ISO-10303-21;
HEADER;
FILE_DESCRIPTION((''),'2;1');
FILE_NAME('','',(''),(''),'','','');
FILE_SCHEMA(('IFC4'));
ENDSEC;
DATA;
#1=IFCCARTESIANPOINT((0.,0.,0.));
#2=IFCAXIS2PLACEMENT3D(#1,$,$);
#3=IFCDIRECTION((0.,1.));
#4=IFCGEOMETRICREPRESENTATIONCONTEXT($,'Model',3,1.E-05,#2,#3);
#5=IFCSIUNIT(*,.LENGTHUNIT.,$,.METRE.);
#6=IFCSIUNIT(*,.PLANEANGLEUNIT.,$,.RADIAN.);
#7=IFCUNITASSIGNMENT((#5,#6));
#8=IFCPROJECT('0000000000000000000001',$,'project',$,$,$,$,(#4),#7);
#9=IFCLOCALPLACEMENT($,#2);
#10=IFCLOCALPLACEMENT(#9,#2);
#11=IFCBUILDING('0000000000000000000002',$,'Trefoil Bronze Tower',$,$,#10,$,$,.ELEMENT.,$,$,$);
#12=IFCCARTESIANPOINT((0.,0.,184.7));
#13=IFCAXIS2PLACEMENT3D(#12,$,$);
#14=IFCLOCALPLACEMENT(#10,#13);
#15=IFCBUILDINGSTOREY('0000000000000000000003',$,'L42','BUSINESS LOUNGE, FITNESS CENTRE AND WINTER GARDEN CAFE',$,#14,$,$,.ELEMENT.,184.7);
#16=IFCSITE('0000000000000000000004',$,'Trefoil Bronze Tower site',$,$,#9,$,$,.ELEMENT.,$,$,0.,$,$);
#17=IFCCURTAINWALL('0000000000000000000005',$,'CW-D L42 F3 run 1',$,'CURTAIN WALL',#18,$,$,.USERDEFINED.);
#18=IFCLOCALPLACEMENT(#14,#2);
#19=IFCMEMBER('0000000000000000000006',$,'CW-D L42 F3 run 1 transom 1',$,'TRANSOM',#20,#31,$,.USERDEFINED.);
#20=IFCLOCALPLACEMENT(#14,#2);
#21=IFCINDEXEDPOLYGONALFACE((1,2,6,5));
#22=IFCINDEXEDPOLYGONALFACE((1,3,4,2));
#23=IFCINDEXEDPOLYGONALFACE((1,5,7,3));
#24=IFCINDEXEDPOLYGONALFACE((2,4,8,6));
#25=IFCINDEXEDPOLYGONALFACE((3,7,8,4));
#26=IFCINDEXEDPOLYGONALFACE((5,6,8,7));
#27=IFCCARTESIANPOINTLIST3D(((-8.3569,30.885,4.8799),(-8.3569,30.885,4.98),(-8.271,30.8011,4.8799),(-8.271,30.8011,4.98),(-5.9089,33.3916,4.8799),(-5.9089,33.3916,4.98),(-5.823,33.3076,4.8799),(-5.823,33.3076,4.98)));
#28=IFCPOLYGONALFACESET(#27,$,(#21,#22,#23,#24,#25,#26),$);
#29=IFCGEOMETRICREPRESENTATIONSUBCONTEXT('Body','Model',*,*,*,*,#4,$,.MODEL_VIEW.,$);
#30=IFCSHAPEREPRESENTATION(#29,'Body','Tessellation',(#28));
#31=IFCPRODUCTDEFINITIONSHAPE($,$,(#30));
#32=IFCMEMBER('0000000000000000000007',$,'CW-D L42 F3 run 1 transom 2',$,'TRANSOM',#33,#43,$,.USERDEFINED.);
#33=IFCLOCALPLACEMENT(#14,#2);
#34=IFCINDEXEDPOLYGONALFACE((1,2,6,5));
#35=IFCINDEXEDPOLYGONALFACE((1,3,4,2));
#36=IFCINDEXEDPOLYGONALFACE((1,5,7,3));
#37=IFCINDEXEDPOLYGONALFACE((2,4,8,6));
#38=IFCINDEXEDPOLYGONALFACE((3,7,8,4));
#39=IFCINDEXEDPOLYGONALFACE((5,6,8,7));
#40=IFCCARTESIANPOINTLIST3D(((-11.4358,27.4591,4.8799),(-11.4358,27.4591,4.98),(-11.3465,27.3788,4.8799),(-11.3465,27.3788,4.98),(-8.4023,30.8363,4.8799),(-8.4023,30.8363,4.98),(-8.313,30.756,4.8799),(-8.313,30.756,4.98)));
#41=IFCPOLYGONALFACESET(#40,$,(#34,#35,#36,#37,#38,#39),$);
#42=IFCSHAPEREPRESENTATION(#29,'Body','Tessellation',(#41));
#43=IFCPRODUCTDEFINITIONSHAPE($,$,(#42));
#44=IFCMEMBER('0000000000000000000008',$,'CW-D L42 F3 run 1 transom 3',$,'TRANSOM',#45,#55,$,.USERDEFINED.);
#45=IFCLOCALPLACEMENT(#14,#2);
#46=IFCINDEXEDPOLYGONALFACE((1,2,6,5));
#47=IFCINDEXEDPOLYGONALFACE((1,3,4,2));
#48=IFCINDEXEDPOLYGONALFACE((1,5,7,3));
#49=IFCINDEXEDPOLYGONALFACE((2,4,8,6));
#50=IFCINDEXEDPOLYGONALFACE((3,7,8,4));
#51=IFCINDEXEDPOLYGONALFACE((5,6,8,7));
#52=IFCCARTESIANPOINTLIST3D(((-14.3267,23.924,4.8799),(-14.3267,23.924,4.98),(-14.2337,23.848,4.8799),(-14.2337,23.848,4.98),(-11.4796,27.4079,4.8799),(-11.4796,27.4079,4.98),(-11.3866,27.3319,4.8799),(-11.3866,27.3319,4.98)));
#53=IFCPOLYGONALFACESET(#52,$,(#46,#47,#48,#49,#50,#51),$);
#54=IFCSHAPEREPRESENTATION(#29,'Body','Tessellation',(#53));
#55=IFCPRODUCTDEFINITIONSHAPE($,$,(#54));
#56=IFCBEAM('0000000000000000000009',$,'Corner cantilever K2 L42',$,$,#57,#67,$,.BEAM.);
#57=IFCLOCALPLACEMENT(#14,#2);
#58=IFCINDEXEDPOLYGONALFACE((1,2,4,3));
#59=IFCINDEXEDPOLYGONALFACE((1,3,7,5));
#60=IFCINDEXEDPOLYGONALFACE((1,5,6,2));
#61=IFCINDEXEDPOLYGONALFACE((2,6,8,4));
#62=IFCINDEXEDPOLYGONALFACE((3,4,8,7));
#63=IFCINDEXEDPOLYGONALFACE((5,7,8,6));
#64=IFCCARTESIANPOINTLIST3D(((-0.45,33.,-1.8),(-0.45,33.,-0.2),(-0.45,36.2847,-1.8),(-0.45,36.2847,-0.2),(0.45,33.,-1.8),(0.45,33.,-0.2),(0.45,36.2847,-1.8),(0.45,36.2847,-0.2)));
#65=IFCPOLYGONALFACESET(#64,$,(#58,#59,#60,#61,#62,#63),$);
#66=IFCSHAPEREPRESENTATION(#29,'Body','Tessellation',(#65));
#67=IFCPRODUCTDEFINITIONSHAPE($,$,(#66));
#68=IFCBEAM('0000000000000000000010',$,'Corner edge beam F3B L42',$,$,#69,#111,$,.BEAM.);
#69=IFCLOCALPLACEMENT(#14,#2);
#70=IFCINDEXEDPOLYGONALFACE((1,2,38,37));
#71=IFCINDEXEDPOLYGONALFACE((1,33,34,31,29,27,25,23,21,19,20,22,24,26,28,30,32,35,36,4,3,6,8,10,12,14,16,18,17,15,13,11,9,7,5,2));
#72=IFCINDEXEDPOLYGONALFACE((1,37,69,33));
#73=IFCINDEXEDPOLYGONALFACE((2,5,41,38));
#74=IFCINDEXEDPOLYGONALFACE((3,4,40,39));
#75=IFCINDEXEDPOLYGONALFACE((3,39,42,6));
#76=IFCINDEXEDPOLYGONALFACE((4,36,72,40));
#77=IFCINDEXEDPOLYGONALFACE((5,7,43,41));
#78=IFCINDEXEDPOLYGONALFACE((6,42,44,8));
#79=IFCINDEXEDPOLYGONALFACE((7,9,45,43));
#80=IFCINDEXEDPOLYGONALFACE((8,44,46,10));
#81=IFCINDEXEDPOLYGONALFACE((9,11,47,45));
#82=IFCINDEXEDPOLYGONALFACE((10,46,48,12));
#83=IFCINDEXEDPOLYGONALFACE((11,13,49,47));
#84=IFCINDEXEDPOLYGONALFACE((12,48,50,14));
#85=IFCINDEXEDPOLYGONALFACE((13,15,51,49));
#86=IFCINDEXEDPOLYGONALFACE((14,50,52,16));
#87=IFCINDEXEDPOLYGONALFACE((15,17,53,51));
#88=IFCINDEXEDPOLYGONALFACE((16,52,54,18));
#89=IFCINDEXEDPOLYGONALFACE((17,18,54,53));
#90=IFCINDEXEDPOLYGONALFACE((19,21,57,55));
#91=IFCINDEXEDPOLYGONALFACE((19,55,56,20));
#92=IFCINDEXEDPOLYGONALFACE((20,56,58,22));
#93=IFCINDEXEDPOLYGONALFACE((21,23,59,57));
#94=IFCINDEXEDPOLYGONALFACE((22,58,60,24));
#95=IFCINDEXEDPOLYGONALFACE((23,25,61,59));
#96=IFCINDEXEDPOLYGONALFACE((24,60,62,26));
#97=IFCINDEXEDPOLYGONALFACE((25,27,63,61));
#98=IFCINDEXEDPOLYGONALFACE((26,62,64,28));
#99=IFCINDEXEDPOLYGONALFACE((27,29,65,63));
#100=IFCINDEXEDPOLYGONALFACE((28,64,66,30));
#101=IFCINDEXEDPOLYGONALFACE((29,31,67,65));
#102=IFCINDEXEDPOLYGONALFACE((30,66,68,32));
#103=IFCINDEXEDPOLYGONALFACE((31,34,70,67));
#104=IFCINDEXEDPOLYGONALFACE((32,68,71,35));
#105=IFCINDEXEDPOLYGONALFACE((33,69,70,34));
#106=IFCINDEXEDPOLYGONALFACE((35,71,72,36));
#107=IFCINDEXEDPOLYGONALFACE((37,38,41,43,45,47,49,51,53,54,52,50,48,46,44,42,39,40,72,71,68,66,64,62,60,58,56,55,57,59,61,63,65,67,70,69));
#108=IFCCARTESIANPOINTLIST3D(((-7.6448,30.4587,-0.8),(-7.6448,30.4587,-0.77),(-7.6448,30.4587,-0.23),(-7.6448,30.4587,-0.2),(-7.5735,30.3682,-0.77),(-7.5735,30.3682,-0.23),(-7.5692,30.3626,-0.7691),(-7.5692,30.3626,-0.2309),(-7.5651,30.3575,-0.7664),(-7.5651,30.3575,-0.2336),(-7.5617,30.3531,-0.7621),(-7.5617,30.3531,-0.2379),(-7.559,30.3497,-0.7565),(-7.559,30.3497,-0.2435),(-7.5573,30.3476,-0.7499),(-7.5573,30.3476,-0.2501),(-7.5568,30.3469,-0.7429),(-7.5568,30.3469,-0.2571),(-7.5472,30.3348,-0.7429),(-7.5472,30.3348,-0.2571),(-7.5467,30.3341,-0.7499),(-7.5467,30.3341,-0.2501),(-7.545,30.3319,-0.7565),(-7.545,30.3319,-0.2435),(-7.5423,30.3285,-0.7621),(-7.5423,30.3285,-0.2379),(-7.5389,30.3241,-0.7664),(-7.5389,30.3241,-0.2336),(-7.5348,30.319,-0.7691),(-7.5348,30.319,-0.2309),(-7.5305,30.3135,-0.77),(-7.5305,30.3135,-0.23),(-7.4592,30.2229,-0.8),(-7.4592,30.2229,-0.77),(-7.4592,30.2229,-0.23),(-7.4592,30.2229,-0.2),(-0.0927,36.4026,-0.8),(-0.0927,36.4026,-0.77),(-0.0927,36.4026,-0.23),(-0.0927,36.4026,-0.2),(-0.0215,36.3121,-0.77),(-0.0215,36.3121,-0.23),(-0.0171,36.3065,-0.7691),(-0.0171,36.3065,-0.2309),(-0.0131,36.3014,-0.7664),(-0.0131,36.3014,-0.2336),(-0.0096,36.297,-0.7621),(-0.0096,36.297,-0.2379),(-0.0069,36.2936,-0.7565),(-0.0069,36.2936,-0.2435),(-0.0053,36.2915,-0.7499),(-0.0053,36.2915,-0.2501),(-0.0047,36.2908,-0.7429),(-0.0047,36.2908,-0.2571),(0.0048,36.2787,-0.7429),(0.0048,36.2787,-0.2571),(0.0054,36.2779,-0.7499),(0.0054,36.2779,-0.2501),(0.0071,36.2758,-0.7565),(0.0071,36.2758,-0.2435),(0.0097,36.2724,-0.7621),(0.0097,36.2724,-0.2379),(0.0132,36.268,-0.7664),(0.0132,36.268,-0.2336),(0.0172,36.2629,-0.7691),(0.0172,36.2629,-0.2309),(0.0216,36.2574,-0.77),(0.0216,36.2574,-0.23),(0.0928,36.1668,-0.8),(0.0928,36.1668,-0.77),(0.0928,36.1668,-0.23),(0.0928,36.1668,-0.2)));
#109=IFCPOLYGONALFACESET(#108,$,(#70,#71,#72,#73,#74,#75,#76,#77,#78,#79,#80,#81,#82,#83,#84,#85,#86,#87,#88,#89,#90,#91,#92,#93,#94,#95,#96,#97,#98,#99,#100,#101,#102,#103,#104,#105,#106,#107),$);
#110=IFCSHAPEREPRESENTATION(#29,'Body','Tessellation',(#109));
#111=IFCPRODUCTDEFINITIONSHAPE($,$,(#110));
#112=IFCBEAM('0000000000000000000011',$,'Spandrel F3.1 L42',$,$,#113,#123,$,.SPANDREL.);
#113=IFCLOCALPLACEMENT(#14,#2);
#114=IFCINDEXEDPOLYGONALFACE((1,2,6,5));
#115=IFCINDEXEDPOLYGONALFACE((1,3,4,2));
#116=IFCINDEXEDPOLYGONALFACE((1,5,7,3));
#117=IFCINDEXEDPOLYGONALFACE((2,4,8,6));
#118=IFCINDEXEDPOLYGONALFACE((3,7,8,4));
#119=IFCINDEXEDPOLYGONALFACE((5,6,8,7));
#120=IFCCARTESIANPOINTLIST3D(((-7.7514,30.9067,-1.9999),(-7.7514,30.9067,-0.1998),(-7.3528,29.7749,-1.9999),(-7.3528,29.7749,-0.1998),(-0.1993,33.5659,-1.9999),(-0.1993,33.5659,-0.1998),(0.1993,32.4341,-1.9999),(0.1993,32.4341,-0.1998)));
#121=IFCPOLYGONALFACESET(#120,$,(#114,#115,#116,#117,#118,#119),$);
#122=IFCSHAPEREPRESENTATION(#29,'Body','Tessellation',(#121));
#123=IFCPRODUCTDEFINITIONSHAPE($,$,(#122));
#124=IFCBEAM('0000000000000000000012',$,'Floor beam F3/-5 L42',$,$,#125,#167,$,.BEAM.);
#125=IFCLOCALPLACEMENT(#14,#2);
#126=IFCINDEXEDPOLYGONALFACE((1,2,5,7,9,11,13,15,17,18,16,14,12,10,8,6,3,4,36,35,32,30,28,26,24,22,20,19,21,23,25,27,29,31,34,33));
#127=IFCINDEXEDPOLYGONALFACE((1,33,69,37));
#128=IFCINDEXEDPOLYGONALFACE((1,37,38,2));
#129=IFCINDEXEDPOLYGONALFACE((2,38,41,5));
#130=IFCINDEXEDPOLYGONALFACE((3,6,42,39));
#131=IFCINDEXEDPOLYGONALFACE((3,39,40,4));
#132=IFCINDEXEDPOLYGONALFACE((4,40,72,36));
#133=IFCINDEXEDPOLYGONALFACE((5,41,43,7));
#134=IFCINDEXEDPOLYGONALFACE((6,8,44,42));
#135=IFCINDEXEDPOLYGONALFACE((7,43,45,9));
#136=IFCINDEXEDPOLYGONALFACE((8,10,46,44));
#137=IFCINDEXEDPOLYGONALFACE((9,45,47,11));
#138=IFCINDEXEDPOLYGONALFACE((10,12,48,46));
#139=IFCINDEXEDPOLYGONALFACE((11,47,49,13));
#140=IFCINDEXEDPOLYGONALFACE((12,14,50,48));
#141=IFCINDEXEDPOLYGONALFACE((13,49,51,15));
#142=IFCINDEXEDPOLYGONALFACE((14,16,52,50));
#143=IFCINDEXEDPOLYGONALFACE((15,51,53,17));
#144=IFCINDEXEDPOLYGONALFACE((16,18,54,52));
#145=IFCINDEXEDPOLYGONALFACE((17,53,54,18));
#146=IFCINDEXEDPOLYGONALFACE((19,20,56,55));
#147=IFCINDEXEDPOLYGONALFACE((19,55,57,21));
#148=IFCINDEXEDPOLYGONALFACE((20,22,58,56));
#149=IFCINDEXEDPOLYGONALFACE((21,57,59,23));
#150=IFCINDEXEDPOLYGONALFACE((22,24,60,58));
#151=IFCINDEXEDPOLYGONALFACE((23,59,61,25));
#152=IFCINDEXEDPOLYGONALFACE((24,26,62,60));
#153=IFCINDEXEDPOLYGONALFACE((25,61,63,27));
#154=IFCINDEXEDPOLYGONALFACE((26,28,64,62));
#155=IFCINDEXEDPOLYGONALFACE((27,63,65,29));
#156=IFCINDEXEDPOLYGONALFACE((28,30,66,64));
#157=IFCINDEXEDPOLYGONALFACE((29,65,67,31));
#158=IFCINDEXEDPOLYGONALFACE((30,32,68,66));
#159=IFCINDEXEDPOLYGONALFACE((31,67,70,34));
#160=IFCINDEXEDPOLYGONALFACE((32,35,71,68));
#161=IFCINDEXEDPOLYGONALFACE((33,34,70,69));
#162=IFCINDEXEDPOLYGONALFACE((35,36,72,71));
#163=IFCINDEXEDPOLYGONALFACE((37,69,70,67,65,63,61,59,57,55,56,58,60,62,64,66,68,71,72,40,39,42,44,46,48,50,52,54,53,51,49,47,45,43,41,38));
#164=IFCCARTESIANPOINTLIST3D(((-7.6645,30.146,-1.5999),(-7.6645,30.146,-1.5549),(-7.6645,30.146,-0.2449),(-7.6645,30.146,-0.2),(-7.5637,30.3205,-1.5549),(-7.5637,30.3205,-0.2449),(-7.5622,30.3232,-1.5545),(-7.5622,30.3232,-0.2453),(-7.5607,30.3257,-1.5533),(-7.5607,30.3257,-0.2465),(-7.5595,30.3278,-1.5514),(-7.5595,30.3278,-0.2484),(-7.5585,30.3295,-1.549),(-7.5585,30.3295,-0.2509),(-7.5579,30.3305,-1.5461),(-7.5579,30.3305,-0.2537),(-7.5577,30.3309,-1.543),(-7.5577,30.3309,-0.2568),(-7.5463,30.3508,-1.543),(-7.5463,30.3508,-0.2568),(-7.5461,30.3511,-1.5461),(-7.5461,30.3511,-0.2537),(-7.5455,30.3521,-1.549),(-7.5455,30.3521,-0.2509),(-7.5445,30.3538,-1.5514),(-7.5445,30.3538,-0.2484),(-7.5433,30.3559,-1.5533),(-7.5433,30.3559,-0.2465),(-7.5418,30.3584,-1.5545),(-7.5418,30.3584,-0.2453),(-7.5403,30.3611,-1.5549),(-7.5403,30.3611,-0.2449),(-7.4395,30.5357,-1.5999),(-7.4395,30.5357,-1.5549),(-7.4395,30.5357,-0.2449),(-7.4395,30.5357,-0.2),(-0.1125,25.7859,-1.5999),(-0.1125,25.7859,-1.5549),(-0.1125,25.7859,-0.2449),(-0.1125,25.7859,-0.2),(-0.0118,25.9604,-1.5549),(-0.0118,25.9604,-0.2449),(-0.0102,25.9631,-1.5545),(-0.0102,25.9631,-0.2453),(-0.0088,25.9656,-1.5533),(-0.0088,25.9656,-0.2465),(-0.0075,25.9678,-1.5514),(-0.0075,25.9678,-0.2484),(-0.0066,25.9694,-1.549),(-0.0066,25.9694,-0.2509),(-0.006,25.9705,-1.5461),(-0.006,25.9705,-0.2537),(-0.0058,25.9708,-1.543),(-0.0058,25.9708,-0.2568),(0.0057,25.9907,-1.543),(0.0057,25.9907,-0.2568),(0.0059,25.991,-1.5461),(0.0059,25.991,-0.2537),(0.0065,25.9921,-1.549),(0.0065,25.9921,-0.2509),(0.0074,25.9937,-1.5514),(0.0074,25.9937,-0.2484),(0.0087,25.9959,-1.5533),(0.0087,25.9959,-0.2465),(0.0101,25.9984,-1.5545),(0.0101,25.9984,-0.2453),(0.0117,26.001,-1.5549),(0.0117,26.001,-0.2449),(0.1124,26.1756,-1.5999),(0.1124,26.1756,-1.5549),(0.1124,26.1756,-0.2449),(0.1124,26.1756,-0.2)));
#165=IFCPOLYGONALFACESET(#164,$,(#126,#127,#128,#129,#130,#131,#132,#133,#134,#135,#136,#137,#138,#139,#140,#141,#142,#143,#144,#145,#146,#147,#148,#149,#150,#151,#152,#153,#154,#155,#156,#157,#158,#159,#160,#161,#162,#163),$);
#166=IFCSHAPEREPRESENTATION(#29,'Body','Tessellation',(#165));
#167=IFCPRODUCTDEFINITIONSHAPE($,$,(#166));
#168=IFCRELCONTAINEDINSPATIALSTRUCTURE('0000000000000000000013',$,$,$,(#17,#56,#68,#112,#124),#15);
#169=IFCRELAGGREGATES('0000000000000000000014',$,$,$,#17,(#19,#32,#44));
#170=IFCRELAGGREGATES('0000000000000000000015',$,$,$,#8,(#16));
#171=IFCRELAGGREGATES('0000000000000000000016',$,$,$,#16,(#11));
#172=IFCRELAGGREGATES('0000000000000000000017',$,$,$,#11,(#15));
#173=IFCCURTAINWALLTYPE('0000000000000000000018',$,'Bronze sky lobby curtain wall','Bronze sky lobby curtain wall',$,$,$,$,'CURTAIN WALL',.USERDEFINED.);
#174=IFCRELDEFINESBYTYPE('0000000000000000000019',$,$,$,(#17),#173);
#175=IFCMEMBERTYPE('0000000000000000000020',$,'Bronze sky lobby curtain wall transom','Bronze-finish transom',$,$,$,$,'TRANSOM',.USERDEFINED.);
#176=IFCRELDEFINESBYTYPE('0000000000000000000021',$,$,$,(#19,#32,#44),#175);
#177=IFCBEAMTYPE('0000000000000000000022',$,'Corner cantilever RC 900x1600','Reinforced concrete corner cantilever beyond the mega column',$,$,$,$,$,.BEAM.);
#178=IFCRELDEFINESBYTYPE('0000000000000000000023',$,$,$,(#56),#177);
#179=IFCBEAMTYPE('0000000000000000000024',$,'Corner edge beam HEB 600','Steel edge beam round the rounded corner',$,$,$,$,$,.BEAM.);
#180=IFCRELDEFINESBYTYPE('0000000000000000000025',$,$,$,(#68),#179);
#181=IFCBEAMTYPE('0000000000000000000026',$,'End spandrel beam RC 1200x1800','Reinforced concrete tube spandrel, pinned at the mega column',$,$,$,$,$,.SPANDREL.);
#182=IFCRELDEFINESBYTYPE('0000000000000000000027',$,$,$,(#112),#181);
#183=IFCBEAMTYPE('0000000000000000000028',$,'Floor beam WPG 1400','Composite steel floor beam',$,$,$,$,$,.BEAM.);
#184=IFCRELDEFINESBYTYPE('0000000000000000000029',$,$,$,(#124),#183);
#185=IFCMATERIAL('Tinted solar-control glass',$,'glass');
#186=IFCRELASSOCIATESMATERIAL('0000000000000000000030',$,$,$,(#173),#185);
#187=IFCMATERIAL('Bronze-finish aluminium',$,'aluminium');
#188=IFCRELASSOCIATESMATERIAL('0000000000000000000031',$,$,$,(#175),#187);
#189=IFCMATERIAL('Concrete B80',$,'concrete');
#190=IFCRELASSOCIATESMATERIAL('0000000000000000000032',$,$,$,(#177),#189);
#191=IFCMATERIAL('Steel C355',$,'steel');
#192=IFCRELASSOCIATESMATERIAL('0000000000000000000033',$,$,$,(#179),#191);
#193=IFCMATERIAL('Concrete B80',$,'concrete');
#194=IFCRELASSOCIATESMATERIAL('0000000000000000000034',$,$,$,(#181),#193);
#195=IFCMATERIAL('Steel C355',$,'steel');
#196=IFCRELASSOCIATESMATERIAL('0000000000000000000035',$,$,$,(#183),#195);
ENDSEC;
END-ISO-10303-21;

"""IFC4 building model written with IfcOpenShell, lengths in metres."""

from ifc_helpers import new_model, si_unit, direction, frame, origin, origin_2d, place, context, subcontext, project, spatial, rectangle, i_section, extrude, material, material_profile, profile_set, type_object, element, aggregate, save


model = new_model("IFC4")

# Units and contexts
model_context = context("Model", 3, precision=1e-05, world=origin(), true_north=direction((0.0, 1.0)))
body_context = subcontext(model_context, "Body", "Model", "MODEL_VIEW")
ifc_project = project(units=[si_unit("LENGTHUNIT", "METRE"), si_unit("PLANEANGLEUNIT", "RADIAN")], contexts=[model_context])

# Site, building, storey
site_placement = place(None, origin())
site = spatial("IfcSite", under=ifc_project, at=site_placement, Name="Trefoil Bronze Tower site", CompositionType="ELEMENT", RefElevation=0.0)
building_placement = place(site_placement, origin())
building = spatial("IfcBuilding", under=site, at=building_placement, Name="Trefoil Bronze Tower", CompositionType="ELEMENT")
storey_placement = place(building_placement, frame((0.0, 0.0, 184.7)))
storey = spatial("IfcBuildingStorey", under=building, at=storey_placement, Name="L42", Description="BUSINESS LOUNGE, FITNESS CENTRE AND WINTER GARDEN CAFE", CompositionType="ELEMENT", Elevation=184.7)

# Curtain wall, members
ifc_material_1 = material(Name="Tinted solar-control glass", Category="glass")
curtain_wall_type_1 = type_object("IfcCurtainWallType", Name="Bronze sky lobby curtain wall", Description="Bronze sky lobby curtain wall", ElementType="CURTAIN WALL", PredefinedType="USERDEFINED", material=ifc_material_1)
curtain_wall_1_placement = place(storey_placement, origin())
curtain_wall_1 = element("IfcCurtainWall", 1, at=curtain_wall_1_placement, inside=storey, type_object=curtain_wall_type_1, Name="CW-D L42 F3 run 1", ObjectType="CURTAIN WALL", PredefinedType="USERDEFINED")
ifc_material_2 = material(Name="Bronze-finish aluminium", Category="aluminium")
ifc_material_profile_1 = material_profile(ifc_material_2, rectangle(XDim=0.1201, YDim=0.1001, at=origin_2d()), Name="CW-D transom")
ifc_profile_set_1 = profile_set([ifc_material_profile_1], Name="Bronze-finish aluminium")
member_type_1 = type_object("IfcMemberType", Name="Bronze sky lobby curtain wall transom", Description="Bronze-finish transom", ElementType="TRANSOM", PredefinedType="USERDEFINED", material=ifc_profile_set_1)
member_1_placement = place(storey_placement, frame((-5.866, 33.3496, 4.9299), z_axis=(-0.698696, -0.715419, 0.0), x_axis=(0.715419, -0.698696, 0.0)))
member_1 = element("IfcMember", 2, at=member_1_placement, type_object=member_type_1, Name="CW-D L42 F3 run 1 transom 1", ObjectType="TRANSOM", PredefinedType="USERDEFINED", context=body_context, shape_type="SweptSolid", body=[
    extrude(rectangle(XDim=0.1201, YDim=0.1001, at=origin_2d()), origin(), (0.0, 0.0, 1.0), 3.5037),
])
member_2_placement = place(storey_placement, frame((-8.3577, 30.7961, 4.9299), z_axis=(-0.66823, -0.743954, 0.0), x_axis=(0.743954, -0.66823, 0.0)))
member_2 = element("IfcMember", 3, at=member_2_placement, type_object=member_type_1, Name="CW-D L42 F3 run 1 transom 2", ObjectType="TRANSOM", PredefinedType="USERDEFINED", context=body_context, shape_type="SweptSolid", body=[
    extrude(rectangle(XDim=0.1201, YDim=0.1001, at=origin_2d()), origin(), (0.0, 0.0, 1.0), 4.5396),
])
member_3_placement = place(storey_placement, frame((-11.4331, 27.3699, 4.9299), z_axis=(-0.6328, -0.774315, 0.0), x_axis=(0.774315, -0.6328, 0.0)))
member_3 = element("IfcMember", 4, at=member_3_placement, type_object=member_type_1, Name="CW-D L42 F3 run 1 transom 3", ObjectType="TRANSOM", PredefinedType="USERDEFINED", context=body_context, shape_type="SweptSolid", body=[
    extrude(rectangle(XDim=0.1201, YDim=0.1001, at=origin_2d()), origin(), (0.0, 0.0, 1.0), 4.4993),
])

# Beams
ifc_material_3 = material(Name="Concrete B80", Category="concrete")
ifc_material_profile_2 = material_profile(ifc_material_3, rectangle(XDim=0.8999, YDim=1.6001, at=origin_2d()), Name="RC 900x1600")
ifc_profile_set_2 = profile_set([ifc_material_profile_2], Name="Concrete B80")
beam_type_1 = type_object("IfcBeamType", Name="Corner cantilever RC 900x1600", Description="Reinforced concrete corner cantilever beyond the mega column", PredefinedType="BEAM", material=ifc_profile_set_2)
beam_1_placement = place(storey_placement, frame((0.0, 33.0, -1.0), z_axis=(0.0, 1.0, 0.0), x_axis=(-1.0, 0.0, 0.0)))
element("IfcBeam", 5, at=beam_1_placement, inside=storey, type_object=beam_type_1, Name="Corner cantilever K2 L42", PredefinedType="BEAM", context=body_context, shape_type="SweptSolid", body=[
    extrude(rectangle(XDim=0.8999, YDim=1.6001, at=origin_2d()), origin(), (0.0, 0.0, 1.0), 3.2847),
])
ifc_material_4 = material(Name="Steel C355", Category="steel")
ifc_material_profile_3 = material_profile(ifc_material_4, i_section(OverallWidth=0.3, OverallDepth=0.6001, WebThickness=0.0154, FlangeThickness=0.03, FilletRadius=0.0271, at=origin_2d()), Name="HEB 600")
ifc_profile_set_3 = profile_set([ifc_material_profile_3], Name="Steel C355")
beam_type_2 = type_object("IfcBeamType", Name="Corner edge beam HEB 600", Description="Steel edge beam round the rounded corner", PredefinedType="BEAM", material=ifc_profile_set_3)
beam_2_placement = place(storey_placement, frame((-7.552, 30.3408, -0.5), z_axis=(0.785806, 0.618473, 0.0), x_axis=(-0.618473, 0.785806, 0.0)))
element("IfcBeam", 6, at=beam_2_placement, inside=storey, type_object=beam_type_2, Name="Corner edge beam F3B L42", PredefinedType="BEAM", context=body_context, shape_type="SweptSolid", body=[
    extrude(i_section(OverallWidth=0.3, OverallDepth=0.6001, WebThickness=0.0154, FlangeThickness=0.03, FilletRadius=0.0271, at=origin_2d()), origin(), (0.0, 0.0, 1.0), 9.6106),
])
ifc_material_5 = material(Name="Concrete B80", Category="concrete")
ifc_material_profile_4 = material_profile(ifc_material_5, rectangle(XDim=1.2, YDim=1.8, at=origin_2d()), Name="RC 1200x1800")
ifc_profile_set_4 = profile_set([ifc_material_profile_4], Name="Concrete B80")
beam_type_3 = type_object("IfcBeamType", Name="End spandrel beam RC 1200x1800", Description="Reinforced concrete tube spandrel, pinned at the mega column", PredefinedType="SPANDREL", material=ifc_profile_set_4)
beam_3_placement = place(storey_placement, frame((0.0, 33.0, -1.0999), z_axis=(-0.943234, -0.332128, 0.0), x_axis=(0.332128, -0.943234, 0.0)))
element("IfcBeam", 7, at=beam_3_placement, inside=storey, type_object=beam_type_3, Name="Spandrel F3.1 L42", PredefinedType="SPANDREL", context=body_context, shape_type="SweptSolid", body=[
    extrude(rectangle(XDim=1.2, YDim=1.8, at=origin_2d()), origin(), (0.0, 0.0, 1.0), 8.0066),
])
ifc_material_6 = material(Name="Steel C355", Category="steel")
ifc_material_profile_5 = material_profile(ifc_material_6, i_section(OverallWidth=0.45, OverallDepth=1.3999, WebThickness=0.0229, FlangeThickness=0.0449, FilletRadius=0.012, at=origin_2d()), Name="WPG 1400")
ifc_profile_set_5 = profile_set([ifc_material_profile_5], Name="Steel C355")
beam_type_4 = type_object("IfcBeamType", Name="Floor beam WPG 1400", Description="Composite steel floor beam", PredefinedType="BEAM", material=ifc_profile_set_5)
beam_4_placement = place(storey_placement, frame((-7.552, 30.3408, -0.8999), z_axis=(0.866028, -0.499996, 0.0), x_axis=(0.499996, 0.866028, 0.0)))
element("IfcBeam", 8, at=beam_4_placement, inside=storey, type_object=beam_type_4, Name="Floor beam F3/-5 L42", PredefinedType="BEAM", context=body_context, shape_type="SweptSolid", body=[
    extrude(i_section(OverallWidth=0.45, OverallDepth=1.3999, WebThickness=0.0229, FlangeThickness=0.0449, FilletRadius=0.012, at=origin_2d()), origin(), (0.0, 0.0, 1.0), 8.7202),
])

aggregate(curtain_wall_1, [member_1, member_2, member_3])

save(model, "model.ifc")
